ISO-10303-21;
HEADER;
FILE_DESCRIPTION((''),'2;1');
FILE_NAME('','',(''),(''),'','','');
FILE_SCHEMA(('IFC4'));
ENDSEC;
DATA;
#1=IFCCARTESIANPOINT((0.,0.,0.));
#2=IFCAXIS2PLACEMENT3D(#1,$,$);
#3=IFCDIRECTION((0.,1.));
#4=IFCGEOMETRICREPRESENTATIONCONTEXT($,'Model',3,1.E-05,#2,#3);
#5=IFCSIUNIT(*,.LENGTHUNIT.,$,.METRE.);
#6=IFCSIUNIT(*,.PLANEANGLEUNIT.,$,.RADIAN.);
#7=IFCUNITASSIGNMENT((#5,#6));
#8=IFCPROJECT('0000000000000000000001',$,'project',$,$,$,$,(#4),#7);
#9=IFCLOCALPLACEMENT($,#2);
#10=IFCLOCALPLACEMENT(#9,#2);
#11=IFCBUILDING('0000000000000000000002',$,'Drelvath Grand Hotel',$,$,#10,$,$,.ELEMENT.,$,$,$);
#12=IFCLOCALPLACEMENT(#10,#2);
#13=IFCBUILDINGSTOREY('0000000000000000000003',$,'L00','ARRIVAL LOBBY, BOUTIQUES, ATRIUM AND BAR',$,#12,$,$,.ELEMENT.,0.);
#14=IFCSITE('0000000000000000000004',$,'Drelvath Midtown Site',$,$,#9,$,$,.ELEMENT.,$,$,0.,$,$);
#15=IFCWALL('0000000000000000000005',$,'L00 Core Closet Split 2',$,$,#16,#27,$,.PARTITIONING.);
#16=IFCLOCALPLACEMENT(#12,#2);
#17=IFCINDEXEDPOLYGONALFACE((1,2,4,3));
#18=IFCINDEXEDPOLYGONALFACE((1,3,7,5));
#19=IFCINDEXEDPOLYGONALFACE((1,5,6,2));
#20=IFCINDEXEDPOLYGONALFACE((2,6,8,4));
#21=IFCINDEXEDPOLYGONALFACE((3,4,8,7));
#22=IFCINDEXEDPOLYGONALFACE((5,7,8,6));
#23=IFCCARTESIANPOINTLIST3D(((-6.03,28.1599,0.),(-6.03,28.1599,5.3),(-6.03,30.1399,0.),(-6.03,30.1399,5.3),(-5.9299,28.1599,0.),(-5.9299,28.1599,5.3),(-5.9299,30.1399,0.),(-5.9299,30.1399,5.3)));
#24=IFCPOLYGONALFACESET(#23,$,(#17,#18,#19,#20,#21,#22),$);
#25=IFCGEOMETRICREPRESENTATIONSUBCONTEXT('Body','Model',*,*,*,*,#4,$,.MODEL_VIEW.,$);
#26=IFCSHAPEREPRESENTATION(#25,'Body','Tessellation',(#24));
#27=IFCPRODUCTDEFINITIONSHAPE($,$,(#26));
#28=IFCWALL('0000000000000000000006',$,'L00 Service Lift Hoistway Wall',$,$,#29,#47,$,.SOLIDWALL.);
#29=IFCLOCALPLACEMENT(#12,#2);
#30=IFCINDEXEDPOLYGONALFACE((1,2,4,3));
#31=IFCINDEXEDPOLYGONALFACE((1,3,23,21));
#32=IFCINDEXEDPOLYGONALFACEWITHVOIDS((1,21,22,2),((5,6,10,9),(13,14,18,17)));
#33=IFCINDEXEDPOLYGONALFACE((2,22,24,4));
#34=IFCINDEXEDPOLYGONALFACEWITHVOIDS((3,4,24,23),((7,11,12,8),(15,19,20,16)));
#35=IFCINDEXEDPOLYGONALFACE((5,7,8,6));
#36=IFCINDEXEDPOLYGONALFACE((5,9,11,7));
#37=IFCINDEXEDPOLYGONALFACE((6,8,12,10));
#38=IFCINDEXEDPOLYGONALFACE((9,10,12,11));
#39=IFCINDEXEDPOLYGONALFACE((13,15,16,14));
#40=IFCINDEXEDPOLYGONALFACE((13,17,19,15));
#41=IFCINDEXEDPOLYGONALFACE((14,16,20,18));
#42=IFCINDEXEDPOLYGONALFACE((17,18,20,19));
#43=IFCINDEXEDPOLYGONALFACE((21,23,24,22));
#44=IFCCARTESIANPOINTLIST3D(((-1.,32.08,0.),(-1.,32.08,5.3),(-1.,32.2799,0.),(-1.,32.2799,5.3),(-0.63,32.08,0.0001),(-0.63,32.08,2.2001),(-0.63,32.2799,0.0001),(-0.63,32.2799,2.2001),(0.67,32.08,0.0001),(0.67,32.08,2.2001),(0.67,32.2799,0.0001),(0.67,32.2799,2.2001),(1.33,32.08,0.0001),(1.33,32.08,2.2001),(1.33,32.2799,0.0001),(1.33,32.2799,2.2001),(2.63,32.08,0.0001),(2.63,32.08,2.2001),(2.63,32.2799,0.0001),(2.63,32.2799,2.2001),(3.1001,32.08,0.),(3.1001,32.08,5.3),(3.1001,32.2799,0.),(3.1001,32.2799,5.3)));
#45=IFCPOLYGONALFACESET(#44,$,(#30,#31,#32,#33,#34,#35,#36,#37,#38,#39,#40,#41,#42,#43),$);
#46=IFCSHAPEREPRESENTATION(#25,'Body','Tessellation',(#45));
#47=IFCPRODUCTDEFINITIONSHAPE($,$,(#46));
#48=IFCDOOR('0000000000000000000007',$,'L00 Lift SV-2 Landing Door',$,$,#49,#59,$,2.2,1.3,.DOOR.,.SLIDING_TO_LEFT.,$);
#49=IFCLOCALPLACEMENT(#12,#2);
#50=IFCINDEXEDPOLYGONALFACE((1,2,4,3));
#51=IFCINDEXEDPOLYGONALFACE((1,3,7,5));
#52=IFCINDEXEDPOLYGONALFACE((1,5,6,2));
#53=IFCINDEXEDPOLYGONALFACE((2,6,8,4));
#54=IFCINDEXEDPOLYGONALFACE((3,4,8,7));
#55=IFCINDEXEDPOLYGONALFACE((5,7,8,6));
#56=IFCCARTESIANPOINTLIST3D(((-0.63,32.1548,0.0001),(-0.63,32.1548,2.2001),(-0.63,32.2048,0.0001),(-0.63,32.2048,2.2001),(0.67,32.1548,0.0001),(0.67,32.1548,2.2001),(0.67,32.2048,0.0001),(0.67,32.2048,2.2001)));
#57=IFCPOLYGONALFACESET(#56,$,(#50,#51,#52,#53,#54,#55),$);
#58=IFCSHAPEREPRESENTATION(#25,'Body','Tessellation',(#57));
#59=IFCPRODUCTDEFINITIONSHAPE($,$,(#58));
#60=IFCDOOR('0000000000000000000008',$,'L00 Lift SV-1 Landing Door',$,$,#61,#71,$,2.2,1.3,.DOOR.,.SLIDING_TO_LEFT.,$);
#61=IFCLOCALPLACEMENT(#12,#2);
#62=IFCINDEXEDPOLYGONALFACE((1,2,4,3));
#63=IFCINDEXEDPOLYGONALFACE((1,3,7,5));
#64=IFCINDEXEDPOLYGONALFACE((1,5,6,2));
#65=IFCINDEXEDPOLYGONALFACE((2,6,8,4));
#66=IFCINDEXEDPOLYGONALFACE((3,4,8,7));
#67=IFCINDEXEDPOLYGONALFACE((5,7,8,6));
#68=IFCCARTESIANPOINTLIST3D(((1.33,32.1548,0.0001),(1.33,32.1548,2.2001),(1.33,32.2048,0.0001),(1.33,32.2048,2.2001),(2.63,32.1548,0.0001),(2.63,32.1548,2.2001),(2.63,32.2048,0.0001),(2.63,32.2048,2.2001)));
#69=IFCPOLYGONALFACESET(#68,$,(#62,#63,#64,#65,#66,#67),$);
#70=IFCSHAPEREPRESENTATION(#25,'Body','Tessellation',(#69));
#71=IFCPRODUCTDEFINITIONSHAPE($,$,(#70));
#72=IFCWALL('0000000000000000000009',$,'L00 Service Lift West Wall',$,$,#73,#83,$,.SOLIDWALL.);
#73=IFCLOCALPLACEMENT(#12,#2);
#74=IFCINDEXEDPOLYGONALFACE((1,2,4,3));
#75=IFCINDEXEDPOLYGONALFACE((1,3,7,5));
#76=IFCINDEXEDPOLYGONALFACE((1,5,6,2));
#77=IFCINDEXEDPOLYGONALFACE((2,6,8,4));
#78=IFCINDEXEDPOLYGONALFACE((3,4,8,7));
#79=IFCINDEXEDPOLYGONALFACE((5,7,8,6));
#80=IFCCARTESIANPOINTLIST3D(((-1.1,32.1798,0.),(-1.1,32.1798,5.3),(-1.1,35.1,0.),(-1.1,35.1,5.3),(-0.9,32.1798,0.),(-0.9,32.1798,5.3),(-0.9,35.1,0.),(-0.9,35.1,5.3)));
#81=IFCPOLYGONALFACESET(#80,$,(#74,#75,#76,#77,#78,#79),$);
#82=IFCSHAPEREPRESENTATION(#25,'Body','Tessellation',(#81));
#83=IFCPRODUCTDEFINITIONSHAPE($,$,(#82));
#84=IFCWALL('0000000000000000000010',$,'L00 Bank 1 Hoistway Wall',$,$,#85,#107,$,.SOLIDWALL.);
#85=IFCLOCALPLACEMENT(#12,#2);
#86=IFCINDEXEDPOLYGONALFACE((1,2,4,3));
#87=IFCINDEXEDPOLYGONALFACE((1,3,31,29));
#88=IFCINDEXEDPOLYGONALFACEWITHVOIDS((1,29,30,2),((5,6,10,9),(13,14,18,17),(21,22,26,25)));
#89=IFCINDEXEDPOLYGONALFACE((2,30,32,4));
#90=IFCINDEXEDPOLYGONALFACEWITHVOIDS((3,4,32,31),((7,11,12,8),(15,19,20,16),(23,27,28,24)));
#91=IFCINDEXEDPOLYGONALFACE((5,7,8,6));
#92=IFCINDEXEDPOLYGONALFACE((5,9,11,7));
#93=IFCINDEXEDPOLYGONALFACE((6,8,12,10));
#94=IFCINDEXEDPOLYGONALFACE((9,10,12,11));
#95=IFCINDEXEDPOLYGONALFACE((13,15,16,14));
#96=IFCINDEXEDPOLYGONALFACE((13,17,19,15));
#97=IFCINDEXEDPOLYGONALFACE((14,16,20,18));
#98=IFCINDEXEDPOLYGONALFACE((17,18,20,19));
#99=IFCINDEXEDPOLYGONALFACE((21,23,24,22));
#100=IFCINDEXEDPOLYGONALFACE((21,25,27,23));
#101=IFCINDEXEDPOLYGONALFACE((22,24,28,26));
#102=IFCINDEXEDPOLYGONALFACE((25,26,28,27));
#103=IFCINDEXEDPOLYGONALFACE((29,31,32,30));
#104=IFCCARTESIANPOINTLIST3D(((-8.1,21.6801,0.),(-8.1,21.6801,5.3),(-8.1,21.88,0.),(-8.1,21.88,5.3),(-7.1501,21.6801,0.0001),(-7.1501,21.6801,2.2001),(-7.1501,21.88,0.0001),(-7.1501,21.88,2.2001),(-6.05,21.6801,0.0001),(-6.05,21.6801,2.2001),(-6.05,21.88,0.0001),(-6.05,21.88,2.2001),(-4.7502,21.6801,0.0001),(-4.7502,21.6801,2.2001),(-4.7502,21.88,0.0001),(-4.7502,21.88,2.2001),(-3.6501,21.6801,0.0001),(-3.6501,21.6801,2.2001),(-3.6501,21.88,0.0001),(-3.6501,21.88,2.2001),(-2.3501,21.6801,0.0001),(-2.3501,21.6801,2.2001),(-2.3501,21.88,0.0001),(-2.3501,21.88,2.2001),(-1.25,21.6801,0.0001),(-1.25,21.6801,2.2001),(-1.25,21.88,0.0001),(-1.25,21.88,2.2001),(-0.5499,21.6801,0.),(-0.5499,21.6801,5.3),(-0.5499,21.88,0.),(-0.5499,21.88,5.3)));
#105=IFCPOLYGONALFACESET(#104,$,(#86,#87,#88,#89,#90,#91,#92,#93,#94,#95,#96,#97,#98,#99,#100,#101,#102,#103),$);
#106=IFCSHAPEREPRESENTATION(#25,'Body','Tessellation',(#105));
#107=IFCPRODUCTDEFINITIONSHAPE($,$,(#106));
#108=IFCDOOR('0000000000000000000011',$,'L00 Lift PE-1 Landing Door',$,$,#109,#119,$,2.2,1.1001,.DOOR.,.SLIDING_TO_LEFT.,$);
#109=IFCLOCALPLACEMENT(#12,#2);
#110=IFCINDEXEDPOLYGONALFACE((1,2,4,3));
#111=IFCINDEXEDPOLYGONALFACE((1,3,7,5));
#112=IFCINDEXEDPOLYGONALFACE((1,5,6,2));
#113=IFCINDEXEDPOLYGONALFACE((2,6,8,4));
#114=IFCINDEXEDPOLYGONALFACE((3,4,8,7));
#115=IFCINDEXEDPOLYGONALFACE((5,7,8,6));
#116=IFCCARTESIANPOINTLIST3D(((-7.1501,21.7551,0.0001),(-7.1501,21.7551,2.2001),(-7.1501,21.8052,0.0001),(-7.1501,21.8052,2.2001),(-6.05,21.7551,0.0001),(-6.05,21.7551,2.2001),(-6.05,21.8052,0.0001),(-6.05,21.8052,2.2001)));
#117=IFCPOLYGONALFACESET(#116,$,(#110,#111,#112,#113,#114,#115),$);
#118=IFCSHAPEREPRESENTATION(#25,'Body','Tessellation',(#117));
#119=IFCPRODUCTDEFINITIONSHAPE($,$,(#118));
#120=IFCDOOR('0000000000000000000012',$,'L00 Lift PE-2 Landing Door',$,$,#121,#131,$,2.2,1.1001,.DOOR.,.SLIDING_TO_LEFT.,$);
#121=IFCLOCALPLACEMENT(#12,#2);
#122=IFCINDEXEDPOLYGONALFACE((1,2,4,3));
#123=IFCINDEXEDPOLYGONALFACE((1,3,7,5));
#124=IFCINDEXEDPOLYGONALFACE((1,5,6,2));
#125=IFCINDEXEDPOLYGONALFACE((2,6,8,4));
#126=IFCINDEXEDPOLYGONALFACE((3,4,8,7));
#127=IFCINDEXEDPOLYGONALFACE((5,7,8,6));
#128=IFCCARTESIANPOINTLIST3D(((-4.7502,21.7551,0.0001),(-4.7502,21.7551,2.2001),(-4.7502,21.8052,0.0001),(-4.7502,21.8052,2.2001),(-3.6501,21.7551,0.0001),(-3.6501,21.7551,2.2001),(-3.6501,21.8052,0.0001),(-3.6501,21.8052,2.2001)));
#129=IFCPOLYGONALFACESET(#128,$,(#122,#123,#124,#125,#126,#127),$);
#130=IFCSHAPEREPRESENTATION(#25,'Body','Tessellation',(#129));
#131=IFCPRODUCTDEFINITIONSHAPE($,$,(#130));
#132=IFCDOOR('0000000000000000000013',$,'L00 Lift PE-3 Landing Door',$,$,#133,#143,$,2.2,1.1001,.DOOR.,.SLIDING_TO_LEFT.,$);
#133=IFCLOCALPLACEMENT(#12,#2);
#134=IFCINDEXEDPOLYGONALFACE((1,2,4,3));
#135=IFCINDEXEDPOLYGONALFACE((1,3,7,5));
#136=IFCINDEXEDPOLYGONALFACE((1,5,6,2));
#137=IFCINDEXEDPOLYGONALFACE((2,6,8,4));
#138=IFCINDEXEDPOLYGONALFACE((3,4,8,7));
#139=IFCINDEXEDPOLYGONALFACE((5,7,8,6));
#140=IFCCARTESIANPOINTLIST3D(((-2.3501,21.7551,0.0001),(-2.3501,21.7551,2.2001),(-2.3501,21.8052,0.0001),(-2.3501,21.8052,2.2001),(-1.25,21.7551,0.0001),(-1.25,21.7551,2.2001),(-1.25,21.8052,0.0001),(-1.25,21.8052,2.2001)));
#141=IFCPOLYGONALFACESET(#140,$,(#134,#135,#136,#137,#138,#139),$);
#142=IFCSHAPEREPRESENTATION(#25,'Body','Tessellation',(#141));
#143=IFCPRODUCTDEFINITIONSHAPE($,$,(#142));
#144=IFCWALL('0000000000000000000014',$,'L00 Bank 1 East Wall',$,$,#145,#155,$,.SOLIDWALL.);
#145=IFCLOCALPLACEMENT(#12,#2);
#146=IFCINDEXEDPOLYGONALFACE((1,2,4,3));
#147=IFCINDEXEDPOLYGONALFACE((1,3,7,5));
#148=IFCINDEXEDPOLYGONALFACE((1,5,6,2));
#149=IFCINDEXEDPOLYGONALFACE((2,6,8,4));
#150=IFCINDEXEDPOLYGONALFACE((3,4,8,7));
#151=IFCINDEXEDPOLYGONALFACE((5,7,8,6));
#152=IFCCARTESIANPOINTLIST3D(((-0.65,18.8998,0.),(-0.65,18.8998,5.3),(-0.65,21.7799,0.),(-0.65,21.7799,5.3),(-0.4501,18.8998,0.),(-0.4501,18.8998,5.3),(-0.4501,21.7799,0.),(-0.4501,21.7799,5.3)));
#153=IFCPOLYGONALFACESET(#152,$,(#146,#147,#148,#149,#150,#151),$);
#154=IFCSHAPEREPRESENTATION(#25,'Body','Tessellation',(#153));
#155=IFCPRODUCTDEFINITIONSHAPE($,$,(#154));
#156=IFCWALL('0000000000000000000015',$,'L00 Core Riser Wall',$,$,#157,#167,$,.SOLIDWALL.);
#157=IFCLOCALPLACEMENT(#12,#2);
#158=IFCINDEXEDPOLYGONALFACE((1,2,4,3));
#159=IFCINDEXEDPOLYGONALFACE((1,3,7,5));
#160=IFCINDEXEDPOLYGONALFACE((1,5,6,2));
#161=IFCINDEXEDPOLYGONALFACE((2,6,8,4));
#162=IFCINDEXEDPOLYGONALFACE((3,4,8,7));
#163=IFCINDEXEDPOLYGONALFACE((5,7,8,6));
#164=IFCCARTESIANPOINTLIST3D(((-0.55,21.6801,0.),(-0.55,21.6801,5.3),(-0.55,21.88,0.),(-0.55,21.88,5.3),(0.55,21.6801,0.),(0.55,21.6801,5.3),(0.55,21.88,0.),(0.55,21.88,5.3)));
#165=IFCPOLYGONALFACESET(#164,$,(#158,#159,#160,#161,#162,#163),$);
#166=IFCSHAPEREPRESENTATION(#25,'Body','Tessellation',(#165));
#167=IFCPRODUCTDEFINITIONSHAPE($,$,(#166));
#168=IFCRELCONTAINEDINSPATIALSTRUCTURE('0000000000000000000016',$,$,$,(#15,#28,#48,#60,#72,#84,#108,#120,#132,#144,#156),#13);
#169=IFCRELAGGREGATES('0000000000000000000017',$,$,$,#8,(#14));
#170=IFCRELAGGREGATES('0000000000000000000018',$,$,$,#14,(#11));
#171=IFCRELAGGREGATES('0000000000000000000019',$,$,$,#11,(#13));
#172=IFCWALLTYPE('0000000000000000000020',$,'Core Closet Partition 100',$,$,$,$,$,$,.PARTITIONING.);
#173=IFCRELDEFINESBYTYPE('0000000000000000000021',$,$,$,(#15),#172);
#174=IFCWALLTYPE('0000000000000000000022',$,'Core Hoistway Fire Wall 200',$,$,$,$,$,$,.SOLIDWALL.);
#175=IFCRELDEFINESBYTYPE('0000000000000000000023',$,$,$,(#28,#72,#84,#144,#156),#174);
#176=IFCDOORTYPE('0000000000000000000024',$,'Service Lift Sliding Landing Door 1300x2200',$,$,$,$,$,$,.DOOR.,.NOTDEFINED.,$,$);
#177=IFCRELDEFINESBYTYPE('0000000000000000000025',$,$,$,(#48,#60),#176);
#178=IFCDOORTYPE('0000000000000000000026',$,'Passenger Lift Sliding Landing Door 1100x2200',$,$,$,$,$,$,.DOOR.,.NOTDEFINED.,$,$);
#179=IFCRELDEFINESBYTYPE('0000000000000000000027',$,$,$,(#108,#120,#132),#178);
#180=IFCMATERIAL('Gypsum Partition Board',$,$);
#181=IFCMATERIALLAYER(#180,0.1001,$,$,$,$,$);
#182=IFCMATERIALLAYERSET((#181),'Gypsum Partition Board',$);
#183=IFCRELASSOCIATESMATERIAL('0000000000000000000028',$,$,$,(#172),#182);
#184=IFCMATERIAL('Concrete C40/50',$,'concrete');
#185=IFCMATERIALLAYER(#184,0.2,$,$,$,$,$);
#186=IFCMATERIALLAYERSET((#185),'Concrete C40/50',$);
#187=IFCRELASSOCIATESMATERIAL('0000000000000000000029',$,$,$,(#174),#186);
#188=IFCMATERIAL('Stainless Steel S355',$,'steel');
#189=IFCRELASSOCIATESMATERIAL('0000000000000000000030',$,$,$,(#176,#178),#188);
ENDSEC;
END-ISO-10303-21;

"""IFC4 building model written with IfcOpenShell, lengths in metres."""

from ifc_helpers import new_model, si_unit, direction, frame, frame_2d, origin, place, context, subcontext, project, spatial, rectangle, extrude, material, layer, layer_set, type_object, element, fill, save


model = new_model("IFC4")

# Units and contexts
model_context = context("Model", 3, precision=1e-05, world=origin(), true_north=direction((0.0, 1.0)))
body_context = subcontext(model_context, "Body", "Model", "MODEL_VIEW")
ifc_project = project(units=[si_unit("LENGTHUNIT", "METRE"), si_unit("PLANEANGLEUNIT", "RADIAN")], contexts=[model_context])

# Site, building, storey
site_placement = place(None, origin())
site = spatial("IfcSite", under=ifc_project, at=site_placement, Name="Drelvath Midtown Site", CompositionType="ELEMENT", RefElevation=0.0)
building_placement = place(site_placement, origin())
building = spatial("IfcBuilding", under=site, at=building_placement, Name="Drelvath Grand Hotel", CompositionType="ELEMENT")
storey_placement = place(building_placement, origin())
storey = spatial("IfcBuildingStorey", under=building, at=storey_placement, Name="L00", Description="ARRIVAL LOBBY, BOUTIQUES, ATRIUM AND BAR", CompositionType="ELEMENT", Elevation=0.0)

# Wall
ifc_material_1 = material(Name="Gypsum Partition Board")
ifc_layer_1 = layer(ifc_material_1, 0.1001)
ifc_layer_set_1 = layer_set([ifc_layer_1], Name="Gypsum Partition Board")
wall_type_1 = type_object("IfcWallType", Name="Core Closet Partition 100", PredefinedType="PARTITIONING", material=ifc_layer_set_1)
wall_1_placement = place(storey_placement, frame((-5.98, 28.1599, 0.0), z_axis=(0.0, 0.0, 1.0), x_axis=(0.0, 1.0, 0.0)))
element("IfcWall", 1, at=wall_1_placement, inside=storey, type_object=wall_type_1, Name="L00 Core Closet Split 2", PredefinedType="PARTITIONING", context=body_context, shape_type="SweptSolid", body=[
    extrude(rectangle(XDim=1.98, YDim=0.1001, at=frame_2d((0.99, 0.0))), origin(), (0.0, 0.0, 1.0), 5.3),
])

# Wall, openings, doors
ifc_material_2 = material(Name="Concrete C40/50", Category="concrete")
ifc_layer_2 = layer(ifc_material_2, 0.2)
ifc_layer_set_2 = layer_set([ifc_layer_2], Name="Concrete C40/50")
wall_type_2 = type_object("IfcWallType", Name="Core Hoistway Fire Wall 200", PredefinedType="SOLIDWALL", material=ifc_layer_set_2)
wall_2_placement = place(storey_placement, frame((-1.0, 32.1799, 0.0), z_axis=(0.0, 0.0, 1.0), x_axis=(1.0, 0.0, 0.0)))
wall_2 = element("IfcWall", 2, at=wall_2_placement, inside=storey, type_object=wall_type_2, Name="L00 Service Lift Hoistway Wall", PredefinedType="SOLIDWALL", context=body_context, shape_type="SweptSolid", body=[
    extrude(rectangle(XDim=4.1001, YDim=0.2, at=frame_2d((2.05, 0.0))), origin(), (0.0, 0.0, 1.0), 5.3),
])
opening_1_placement = place(wall_2_placement, frame((0.3701, 0.0, 0.0)))
opening_1 = element("IfcOpeningElement", 3, at=opening_1_placement, cuts=wall_2, PredefinedType="OPENING", context=body_context, shape_type="SweptSolid", body=[
    extrude(rectangle(XDim=1.3, YDim=2.2, at=frame_2d((0.6499, 1.1001))), frame((0.0, 0.1099, 0.0), z_axis=(0.0, -1.0, 0.0), x_axis=(1.0, 0.0, 0.0)), (0.0, 0.0, 1.0), 0.22),
])
opening_2_placement = place(wall_2_placement, frame((2.3301, 0.0, 0.0)))
opening_2 = element("IfcOpeningElement", 4, at=opening_2_placement, cuts=wall_2, PredefinedType="OPENING", context=body_context, shape_type="SweptSolid", body=[
    extrude(rectangle(XDim=1.3, YDim=2.2, at=frame_2d((0.6499, 1.1001))), frame((0.0, 0.1099, 0.0), z_axis=(0.0, -1.0, 0.0), x_axis=(1.0, 0.0, 0.0)), (0.0, 0.0, 1.0), 0.22),
])
ifc_material_3 = material(Name="Stainless Steel S355", Category="steel")
door_type_1 = type_object("IfcDoorType", Name="Service Lift Sliding Landing Door 1300x2200", OperationType="NOTDEFINED", PredefinedType="DOOR", material=ifc_material_3)
door_1_placement = place(opening_1_placement, origin())
door_1 = element("IfcDoor", 5, at=door_1_placement, inside=storey, type_object=door_type_1, Name="L00 Lift SV-2 Landing Door", OperationType="SLIDING_TO_LEFT", OverallHeight=2.2, OverallWidth=1.3, PredefinedType="DOOR", context=body_context, shape_type="SweptSolid", body=[
    extrude(rectangle(XDim=1.3, YDim=2.2, at=frame_2d((0.6499, 1.1001))), frame((0.0, 0.0249, 0.0), z_axis=(0.0, -1.0, 0.0), x_axis=(1.0, 0.0, 0.0)), (0.0, 0.0, 1.0), 0.05),
])
fill(opening_1, door_1)
door_2_placement = place(opening_2_placement, origin())
door_2 = element("IfcDoor", 6, at=door_2_placement, inside=storey, type_object=door_type_1, Name="L00 Lift SV-1 Landing Door", OperationType="SLIDING_TO_LEFT", OverallHeight=2.2, OverallWidth=1.3, PredefinedType="DOOR", context=body_context, shape_type="SweptSolid", body=[
    extrude(rectangle(XDim=1.3, YDim=2.2, at=frame_2d((0.6499, 1.1001))), frame((0.0, 0.0249, 0.0), z_axis=(0.0, -1.0, 0.0), x_axis=(1.0, 0.0, 0.0)), (0.0, 0.0, 1.0), 0.05),
])
fill(opening_2, door_2)

# Wall
wall_3_placement = place(storey_placement, frame((-1.0, 32.1799, 0.0), z_axis=(0.0, 0.0, 1.0), x_axis=(0.0, 1.0, 0.0)))
element("IfcWall", 7, at=wall_3_placement, inside=storey, type_object=wall_type_2, Name="L00 Service Lift West Wall", PredefinedType="SOLIDWALL", context=body_context, shape_type="SweptSolid", body=[
    extrude(rectangle(XDim=2.9202, YDim=0.2, at=frame_2d((1.46, 0.0))), origin(), (0.0, 0.0, 1.0), 5.3),
])

# Wall, openings, doors
wall_4_placement = place(storey_placement, frame((-0.55, 21.78, 0.0), z_axis=(0.0, 0.0, 1.0), x_axis=(-1.0, 0.0, 0.0)))
wall_4 = element("IfcWall", 8, at=wall_4_placement, inside=storey, type_object=wall_type_2, Name="L00 Bank 1 Hoistway Wall", PredefinedType="SOLIDWALL", context=body_context, shape_type="SweptSolid", body=[
    extrude(rectangle(XDim=7.55, YDim=0.2, at=frame_2d((3.7749, 0.0))), origin(), (0.0, 0.0, 1.0), 5.3),
])
opening_3_placement = place(wall_4_placement, frame((5.5, 0.0, 0.0)))
opening_3 = element("IfcOpeningElement", 9, at=opening_3_placement, cuts=wall_4, PredefinedType="OPENING", context=body_context, shape_type="SweptSolid", body=[
    extrude(rectangle(XDim=1.1001, YDim=2.2, at=frame_2d((0.55, 1.1001))), frame((0.0, 0.1099, 0.0), z_axis=(0.0, -1.0, 0.0), x_axis=(1.0, 0.0, 0.0)), (0.0, 0.0, 1.0), 0.22),
])
opening_4_placement = place(wall_4_placement, frame((3.1001, 0.0, 0.0)))
opening_4 = element("IfcOpeningElement", 10, at=opening_4_placement, cuts=wall_4, PredefinedType="OPENING", context=body_context, shape_type="SweptSolid", body=[
    extrude(rectangle(XDim=1.1001, YDim=2.2, at=frame_2d((0.55, 1.1001))), frame((0.0, 0.1099, 0.0), z_axis=(0.0, -1.0, 0.0), x_axis=(1.0, 0.0, 0.0)), (0.0, 0.0, 1.0), 0.22),
])
opening_5_placement = place(wall_4_placement, frame((0.7, 0.0, 0.0)))
opening_5 = element("IfcOpeningElement", 11, at=opening_5_placement, cuts=wall_4, PredefinedType="OPENING", context=body_context, shape_type="SweptSolid", body=[
    extrude(rectangle(XDim=1.1001, YDim=2.2, at=frame_2d((0.55, 1.1001))), frame((0.0, 0.1099, 0.0), z_axis=(0.0, -1.0, 0.0), x_axis=(1.0, 0.0, 0.0)), (0.0, 0.0, 1.0), 0.22),
])
door_type_2 = type_object("IfcDoorType", Name="Passenger Lift Sliding Landing Door 1100x2200", OperationType="NOTDEFINED", PredefinedType="DOOR", material=ifc_material_3)
door_3_placement = place(opening_3_placement, origin())
door_3 = element("IfcDoor", 12, at=door_3_placement, inside=storey, type_object=door_type_2, Name="L00 Lift PE-1 Landing Door", OperationType="SLIDING_TO_LEFT", OverallHeight=2.2, OverallWidth=1.1001, PredefinedType="DOOR", context=body_context, shape_type="SweptSolid", body=[
    extrude(rectangle(XDim=1.1001, YDim=2.2, at=frame_2d((0.55, 1.1001))), frame((0.0, 0.0249, 0.0), z_axis=(0.0, -1.0, 0.0), x_axis=(1.0, 0.0, 0.0)), (0.0, 0.0, 1.0), 0.05),
])
fill(opening_3, door_3)
door_4_placement = place(opening_4_placement, origin())
door_4 = element("IfcDoor", 13, at=door_4_placement, inside=storey, type_object=door_type_2, Name="L00 Lift PE-2 Landing Door", OperationType="SLIDING_TO_LEFT", OverallHeight=2.2, OverallWidth=1.1001, PredefinedType="DOOR", context=body_context, shape_type="SweptSolid", body=[
    extrude(rectangle(XDim=1.1001, YDim=2.2, at=frame_2d((0.55, 1.1001))), frame((0.0, 0.0249, 0.0), z_axis=(0.0, -1.0, 0.0), x_axis=(1.0, 0.0, 0.0)), (0.0, 0.0, 1.0), 0.05),
])
fill(opening_4, door_4)
door_5_placement = place(opening_5_placement, origin())
door_5 = element("IfcDoor", 14, at=door_5_placement, inside=storey, type_object=door_type_2, Name="L00 Lift PE-3 Landing Door", OperationType="SLIDING_TO_LEFT", OverallHeight=2.2, OverallWidth=1.1001, PredefinedType="DOOR", context=body_context, shape_type="SweptSolid", body=[
    extrude(rectangle(XDim=1.1001, YDim=2.2, at=frame_2d((0.55, 1.1001))), frame((0.0, 0.0249, 0.0), z_axis=(0.0, -1.0, 0.0), x_axis=(1.0, 0.0, 0.0)), (0.0, 0.0, 1.0), 0.05),
])
fill(opening_5, door_5)

# Walls
wall_5_placement = place(storey_placement, frame((-0.55, 18.8999, 0.0), z_axis=(0.0, 0.0, 1.0), x_axis=(0.0, 1.0, 0.0)))
element("IfcWall", 15, at=wall_5_placement, inside=storey, type_object=wall_type_2, Name="L00 Bank 1 East Wall", PredefinedType="SOLIDWALL", context=body_context, shape_type="SweptSolid", body=[
    extrude(rectangle(XDim=2.8801, YDim=0.2, at=frame_2d((1.4399, 0.0))), origin(), (0.0, 0.0, 1.0), 5.3),
])
wall_6_placement = place(storey_placement, frame((-0.55, 21.78, 0.0), z_axis=(0.0, 0.0, 1.0), x_axis=(1.0, 0.0, 0.0)))
element("IfcWall", 16, at=wall_6_placement, inside=storey, type_object=wall_type_2, Name="L00 Core Riser Wall", PredefinedType="SOLIDWALL", context=body_context, shape_type="SweptSolid", body=[
    extrude(rectangle(XDim=1.1001, YDim=0.2, at=frame_2d((0.55, 0.0))), origin(), (0.0, 0.0, 1.0), 5.3),
])

save(model, "model.ifc")
